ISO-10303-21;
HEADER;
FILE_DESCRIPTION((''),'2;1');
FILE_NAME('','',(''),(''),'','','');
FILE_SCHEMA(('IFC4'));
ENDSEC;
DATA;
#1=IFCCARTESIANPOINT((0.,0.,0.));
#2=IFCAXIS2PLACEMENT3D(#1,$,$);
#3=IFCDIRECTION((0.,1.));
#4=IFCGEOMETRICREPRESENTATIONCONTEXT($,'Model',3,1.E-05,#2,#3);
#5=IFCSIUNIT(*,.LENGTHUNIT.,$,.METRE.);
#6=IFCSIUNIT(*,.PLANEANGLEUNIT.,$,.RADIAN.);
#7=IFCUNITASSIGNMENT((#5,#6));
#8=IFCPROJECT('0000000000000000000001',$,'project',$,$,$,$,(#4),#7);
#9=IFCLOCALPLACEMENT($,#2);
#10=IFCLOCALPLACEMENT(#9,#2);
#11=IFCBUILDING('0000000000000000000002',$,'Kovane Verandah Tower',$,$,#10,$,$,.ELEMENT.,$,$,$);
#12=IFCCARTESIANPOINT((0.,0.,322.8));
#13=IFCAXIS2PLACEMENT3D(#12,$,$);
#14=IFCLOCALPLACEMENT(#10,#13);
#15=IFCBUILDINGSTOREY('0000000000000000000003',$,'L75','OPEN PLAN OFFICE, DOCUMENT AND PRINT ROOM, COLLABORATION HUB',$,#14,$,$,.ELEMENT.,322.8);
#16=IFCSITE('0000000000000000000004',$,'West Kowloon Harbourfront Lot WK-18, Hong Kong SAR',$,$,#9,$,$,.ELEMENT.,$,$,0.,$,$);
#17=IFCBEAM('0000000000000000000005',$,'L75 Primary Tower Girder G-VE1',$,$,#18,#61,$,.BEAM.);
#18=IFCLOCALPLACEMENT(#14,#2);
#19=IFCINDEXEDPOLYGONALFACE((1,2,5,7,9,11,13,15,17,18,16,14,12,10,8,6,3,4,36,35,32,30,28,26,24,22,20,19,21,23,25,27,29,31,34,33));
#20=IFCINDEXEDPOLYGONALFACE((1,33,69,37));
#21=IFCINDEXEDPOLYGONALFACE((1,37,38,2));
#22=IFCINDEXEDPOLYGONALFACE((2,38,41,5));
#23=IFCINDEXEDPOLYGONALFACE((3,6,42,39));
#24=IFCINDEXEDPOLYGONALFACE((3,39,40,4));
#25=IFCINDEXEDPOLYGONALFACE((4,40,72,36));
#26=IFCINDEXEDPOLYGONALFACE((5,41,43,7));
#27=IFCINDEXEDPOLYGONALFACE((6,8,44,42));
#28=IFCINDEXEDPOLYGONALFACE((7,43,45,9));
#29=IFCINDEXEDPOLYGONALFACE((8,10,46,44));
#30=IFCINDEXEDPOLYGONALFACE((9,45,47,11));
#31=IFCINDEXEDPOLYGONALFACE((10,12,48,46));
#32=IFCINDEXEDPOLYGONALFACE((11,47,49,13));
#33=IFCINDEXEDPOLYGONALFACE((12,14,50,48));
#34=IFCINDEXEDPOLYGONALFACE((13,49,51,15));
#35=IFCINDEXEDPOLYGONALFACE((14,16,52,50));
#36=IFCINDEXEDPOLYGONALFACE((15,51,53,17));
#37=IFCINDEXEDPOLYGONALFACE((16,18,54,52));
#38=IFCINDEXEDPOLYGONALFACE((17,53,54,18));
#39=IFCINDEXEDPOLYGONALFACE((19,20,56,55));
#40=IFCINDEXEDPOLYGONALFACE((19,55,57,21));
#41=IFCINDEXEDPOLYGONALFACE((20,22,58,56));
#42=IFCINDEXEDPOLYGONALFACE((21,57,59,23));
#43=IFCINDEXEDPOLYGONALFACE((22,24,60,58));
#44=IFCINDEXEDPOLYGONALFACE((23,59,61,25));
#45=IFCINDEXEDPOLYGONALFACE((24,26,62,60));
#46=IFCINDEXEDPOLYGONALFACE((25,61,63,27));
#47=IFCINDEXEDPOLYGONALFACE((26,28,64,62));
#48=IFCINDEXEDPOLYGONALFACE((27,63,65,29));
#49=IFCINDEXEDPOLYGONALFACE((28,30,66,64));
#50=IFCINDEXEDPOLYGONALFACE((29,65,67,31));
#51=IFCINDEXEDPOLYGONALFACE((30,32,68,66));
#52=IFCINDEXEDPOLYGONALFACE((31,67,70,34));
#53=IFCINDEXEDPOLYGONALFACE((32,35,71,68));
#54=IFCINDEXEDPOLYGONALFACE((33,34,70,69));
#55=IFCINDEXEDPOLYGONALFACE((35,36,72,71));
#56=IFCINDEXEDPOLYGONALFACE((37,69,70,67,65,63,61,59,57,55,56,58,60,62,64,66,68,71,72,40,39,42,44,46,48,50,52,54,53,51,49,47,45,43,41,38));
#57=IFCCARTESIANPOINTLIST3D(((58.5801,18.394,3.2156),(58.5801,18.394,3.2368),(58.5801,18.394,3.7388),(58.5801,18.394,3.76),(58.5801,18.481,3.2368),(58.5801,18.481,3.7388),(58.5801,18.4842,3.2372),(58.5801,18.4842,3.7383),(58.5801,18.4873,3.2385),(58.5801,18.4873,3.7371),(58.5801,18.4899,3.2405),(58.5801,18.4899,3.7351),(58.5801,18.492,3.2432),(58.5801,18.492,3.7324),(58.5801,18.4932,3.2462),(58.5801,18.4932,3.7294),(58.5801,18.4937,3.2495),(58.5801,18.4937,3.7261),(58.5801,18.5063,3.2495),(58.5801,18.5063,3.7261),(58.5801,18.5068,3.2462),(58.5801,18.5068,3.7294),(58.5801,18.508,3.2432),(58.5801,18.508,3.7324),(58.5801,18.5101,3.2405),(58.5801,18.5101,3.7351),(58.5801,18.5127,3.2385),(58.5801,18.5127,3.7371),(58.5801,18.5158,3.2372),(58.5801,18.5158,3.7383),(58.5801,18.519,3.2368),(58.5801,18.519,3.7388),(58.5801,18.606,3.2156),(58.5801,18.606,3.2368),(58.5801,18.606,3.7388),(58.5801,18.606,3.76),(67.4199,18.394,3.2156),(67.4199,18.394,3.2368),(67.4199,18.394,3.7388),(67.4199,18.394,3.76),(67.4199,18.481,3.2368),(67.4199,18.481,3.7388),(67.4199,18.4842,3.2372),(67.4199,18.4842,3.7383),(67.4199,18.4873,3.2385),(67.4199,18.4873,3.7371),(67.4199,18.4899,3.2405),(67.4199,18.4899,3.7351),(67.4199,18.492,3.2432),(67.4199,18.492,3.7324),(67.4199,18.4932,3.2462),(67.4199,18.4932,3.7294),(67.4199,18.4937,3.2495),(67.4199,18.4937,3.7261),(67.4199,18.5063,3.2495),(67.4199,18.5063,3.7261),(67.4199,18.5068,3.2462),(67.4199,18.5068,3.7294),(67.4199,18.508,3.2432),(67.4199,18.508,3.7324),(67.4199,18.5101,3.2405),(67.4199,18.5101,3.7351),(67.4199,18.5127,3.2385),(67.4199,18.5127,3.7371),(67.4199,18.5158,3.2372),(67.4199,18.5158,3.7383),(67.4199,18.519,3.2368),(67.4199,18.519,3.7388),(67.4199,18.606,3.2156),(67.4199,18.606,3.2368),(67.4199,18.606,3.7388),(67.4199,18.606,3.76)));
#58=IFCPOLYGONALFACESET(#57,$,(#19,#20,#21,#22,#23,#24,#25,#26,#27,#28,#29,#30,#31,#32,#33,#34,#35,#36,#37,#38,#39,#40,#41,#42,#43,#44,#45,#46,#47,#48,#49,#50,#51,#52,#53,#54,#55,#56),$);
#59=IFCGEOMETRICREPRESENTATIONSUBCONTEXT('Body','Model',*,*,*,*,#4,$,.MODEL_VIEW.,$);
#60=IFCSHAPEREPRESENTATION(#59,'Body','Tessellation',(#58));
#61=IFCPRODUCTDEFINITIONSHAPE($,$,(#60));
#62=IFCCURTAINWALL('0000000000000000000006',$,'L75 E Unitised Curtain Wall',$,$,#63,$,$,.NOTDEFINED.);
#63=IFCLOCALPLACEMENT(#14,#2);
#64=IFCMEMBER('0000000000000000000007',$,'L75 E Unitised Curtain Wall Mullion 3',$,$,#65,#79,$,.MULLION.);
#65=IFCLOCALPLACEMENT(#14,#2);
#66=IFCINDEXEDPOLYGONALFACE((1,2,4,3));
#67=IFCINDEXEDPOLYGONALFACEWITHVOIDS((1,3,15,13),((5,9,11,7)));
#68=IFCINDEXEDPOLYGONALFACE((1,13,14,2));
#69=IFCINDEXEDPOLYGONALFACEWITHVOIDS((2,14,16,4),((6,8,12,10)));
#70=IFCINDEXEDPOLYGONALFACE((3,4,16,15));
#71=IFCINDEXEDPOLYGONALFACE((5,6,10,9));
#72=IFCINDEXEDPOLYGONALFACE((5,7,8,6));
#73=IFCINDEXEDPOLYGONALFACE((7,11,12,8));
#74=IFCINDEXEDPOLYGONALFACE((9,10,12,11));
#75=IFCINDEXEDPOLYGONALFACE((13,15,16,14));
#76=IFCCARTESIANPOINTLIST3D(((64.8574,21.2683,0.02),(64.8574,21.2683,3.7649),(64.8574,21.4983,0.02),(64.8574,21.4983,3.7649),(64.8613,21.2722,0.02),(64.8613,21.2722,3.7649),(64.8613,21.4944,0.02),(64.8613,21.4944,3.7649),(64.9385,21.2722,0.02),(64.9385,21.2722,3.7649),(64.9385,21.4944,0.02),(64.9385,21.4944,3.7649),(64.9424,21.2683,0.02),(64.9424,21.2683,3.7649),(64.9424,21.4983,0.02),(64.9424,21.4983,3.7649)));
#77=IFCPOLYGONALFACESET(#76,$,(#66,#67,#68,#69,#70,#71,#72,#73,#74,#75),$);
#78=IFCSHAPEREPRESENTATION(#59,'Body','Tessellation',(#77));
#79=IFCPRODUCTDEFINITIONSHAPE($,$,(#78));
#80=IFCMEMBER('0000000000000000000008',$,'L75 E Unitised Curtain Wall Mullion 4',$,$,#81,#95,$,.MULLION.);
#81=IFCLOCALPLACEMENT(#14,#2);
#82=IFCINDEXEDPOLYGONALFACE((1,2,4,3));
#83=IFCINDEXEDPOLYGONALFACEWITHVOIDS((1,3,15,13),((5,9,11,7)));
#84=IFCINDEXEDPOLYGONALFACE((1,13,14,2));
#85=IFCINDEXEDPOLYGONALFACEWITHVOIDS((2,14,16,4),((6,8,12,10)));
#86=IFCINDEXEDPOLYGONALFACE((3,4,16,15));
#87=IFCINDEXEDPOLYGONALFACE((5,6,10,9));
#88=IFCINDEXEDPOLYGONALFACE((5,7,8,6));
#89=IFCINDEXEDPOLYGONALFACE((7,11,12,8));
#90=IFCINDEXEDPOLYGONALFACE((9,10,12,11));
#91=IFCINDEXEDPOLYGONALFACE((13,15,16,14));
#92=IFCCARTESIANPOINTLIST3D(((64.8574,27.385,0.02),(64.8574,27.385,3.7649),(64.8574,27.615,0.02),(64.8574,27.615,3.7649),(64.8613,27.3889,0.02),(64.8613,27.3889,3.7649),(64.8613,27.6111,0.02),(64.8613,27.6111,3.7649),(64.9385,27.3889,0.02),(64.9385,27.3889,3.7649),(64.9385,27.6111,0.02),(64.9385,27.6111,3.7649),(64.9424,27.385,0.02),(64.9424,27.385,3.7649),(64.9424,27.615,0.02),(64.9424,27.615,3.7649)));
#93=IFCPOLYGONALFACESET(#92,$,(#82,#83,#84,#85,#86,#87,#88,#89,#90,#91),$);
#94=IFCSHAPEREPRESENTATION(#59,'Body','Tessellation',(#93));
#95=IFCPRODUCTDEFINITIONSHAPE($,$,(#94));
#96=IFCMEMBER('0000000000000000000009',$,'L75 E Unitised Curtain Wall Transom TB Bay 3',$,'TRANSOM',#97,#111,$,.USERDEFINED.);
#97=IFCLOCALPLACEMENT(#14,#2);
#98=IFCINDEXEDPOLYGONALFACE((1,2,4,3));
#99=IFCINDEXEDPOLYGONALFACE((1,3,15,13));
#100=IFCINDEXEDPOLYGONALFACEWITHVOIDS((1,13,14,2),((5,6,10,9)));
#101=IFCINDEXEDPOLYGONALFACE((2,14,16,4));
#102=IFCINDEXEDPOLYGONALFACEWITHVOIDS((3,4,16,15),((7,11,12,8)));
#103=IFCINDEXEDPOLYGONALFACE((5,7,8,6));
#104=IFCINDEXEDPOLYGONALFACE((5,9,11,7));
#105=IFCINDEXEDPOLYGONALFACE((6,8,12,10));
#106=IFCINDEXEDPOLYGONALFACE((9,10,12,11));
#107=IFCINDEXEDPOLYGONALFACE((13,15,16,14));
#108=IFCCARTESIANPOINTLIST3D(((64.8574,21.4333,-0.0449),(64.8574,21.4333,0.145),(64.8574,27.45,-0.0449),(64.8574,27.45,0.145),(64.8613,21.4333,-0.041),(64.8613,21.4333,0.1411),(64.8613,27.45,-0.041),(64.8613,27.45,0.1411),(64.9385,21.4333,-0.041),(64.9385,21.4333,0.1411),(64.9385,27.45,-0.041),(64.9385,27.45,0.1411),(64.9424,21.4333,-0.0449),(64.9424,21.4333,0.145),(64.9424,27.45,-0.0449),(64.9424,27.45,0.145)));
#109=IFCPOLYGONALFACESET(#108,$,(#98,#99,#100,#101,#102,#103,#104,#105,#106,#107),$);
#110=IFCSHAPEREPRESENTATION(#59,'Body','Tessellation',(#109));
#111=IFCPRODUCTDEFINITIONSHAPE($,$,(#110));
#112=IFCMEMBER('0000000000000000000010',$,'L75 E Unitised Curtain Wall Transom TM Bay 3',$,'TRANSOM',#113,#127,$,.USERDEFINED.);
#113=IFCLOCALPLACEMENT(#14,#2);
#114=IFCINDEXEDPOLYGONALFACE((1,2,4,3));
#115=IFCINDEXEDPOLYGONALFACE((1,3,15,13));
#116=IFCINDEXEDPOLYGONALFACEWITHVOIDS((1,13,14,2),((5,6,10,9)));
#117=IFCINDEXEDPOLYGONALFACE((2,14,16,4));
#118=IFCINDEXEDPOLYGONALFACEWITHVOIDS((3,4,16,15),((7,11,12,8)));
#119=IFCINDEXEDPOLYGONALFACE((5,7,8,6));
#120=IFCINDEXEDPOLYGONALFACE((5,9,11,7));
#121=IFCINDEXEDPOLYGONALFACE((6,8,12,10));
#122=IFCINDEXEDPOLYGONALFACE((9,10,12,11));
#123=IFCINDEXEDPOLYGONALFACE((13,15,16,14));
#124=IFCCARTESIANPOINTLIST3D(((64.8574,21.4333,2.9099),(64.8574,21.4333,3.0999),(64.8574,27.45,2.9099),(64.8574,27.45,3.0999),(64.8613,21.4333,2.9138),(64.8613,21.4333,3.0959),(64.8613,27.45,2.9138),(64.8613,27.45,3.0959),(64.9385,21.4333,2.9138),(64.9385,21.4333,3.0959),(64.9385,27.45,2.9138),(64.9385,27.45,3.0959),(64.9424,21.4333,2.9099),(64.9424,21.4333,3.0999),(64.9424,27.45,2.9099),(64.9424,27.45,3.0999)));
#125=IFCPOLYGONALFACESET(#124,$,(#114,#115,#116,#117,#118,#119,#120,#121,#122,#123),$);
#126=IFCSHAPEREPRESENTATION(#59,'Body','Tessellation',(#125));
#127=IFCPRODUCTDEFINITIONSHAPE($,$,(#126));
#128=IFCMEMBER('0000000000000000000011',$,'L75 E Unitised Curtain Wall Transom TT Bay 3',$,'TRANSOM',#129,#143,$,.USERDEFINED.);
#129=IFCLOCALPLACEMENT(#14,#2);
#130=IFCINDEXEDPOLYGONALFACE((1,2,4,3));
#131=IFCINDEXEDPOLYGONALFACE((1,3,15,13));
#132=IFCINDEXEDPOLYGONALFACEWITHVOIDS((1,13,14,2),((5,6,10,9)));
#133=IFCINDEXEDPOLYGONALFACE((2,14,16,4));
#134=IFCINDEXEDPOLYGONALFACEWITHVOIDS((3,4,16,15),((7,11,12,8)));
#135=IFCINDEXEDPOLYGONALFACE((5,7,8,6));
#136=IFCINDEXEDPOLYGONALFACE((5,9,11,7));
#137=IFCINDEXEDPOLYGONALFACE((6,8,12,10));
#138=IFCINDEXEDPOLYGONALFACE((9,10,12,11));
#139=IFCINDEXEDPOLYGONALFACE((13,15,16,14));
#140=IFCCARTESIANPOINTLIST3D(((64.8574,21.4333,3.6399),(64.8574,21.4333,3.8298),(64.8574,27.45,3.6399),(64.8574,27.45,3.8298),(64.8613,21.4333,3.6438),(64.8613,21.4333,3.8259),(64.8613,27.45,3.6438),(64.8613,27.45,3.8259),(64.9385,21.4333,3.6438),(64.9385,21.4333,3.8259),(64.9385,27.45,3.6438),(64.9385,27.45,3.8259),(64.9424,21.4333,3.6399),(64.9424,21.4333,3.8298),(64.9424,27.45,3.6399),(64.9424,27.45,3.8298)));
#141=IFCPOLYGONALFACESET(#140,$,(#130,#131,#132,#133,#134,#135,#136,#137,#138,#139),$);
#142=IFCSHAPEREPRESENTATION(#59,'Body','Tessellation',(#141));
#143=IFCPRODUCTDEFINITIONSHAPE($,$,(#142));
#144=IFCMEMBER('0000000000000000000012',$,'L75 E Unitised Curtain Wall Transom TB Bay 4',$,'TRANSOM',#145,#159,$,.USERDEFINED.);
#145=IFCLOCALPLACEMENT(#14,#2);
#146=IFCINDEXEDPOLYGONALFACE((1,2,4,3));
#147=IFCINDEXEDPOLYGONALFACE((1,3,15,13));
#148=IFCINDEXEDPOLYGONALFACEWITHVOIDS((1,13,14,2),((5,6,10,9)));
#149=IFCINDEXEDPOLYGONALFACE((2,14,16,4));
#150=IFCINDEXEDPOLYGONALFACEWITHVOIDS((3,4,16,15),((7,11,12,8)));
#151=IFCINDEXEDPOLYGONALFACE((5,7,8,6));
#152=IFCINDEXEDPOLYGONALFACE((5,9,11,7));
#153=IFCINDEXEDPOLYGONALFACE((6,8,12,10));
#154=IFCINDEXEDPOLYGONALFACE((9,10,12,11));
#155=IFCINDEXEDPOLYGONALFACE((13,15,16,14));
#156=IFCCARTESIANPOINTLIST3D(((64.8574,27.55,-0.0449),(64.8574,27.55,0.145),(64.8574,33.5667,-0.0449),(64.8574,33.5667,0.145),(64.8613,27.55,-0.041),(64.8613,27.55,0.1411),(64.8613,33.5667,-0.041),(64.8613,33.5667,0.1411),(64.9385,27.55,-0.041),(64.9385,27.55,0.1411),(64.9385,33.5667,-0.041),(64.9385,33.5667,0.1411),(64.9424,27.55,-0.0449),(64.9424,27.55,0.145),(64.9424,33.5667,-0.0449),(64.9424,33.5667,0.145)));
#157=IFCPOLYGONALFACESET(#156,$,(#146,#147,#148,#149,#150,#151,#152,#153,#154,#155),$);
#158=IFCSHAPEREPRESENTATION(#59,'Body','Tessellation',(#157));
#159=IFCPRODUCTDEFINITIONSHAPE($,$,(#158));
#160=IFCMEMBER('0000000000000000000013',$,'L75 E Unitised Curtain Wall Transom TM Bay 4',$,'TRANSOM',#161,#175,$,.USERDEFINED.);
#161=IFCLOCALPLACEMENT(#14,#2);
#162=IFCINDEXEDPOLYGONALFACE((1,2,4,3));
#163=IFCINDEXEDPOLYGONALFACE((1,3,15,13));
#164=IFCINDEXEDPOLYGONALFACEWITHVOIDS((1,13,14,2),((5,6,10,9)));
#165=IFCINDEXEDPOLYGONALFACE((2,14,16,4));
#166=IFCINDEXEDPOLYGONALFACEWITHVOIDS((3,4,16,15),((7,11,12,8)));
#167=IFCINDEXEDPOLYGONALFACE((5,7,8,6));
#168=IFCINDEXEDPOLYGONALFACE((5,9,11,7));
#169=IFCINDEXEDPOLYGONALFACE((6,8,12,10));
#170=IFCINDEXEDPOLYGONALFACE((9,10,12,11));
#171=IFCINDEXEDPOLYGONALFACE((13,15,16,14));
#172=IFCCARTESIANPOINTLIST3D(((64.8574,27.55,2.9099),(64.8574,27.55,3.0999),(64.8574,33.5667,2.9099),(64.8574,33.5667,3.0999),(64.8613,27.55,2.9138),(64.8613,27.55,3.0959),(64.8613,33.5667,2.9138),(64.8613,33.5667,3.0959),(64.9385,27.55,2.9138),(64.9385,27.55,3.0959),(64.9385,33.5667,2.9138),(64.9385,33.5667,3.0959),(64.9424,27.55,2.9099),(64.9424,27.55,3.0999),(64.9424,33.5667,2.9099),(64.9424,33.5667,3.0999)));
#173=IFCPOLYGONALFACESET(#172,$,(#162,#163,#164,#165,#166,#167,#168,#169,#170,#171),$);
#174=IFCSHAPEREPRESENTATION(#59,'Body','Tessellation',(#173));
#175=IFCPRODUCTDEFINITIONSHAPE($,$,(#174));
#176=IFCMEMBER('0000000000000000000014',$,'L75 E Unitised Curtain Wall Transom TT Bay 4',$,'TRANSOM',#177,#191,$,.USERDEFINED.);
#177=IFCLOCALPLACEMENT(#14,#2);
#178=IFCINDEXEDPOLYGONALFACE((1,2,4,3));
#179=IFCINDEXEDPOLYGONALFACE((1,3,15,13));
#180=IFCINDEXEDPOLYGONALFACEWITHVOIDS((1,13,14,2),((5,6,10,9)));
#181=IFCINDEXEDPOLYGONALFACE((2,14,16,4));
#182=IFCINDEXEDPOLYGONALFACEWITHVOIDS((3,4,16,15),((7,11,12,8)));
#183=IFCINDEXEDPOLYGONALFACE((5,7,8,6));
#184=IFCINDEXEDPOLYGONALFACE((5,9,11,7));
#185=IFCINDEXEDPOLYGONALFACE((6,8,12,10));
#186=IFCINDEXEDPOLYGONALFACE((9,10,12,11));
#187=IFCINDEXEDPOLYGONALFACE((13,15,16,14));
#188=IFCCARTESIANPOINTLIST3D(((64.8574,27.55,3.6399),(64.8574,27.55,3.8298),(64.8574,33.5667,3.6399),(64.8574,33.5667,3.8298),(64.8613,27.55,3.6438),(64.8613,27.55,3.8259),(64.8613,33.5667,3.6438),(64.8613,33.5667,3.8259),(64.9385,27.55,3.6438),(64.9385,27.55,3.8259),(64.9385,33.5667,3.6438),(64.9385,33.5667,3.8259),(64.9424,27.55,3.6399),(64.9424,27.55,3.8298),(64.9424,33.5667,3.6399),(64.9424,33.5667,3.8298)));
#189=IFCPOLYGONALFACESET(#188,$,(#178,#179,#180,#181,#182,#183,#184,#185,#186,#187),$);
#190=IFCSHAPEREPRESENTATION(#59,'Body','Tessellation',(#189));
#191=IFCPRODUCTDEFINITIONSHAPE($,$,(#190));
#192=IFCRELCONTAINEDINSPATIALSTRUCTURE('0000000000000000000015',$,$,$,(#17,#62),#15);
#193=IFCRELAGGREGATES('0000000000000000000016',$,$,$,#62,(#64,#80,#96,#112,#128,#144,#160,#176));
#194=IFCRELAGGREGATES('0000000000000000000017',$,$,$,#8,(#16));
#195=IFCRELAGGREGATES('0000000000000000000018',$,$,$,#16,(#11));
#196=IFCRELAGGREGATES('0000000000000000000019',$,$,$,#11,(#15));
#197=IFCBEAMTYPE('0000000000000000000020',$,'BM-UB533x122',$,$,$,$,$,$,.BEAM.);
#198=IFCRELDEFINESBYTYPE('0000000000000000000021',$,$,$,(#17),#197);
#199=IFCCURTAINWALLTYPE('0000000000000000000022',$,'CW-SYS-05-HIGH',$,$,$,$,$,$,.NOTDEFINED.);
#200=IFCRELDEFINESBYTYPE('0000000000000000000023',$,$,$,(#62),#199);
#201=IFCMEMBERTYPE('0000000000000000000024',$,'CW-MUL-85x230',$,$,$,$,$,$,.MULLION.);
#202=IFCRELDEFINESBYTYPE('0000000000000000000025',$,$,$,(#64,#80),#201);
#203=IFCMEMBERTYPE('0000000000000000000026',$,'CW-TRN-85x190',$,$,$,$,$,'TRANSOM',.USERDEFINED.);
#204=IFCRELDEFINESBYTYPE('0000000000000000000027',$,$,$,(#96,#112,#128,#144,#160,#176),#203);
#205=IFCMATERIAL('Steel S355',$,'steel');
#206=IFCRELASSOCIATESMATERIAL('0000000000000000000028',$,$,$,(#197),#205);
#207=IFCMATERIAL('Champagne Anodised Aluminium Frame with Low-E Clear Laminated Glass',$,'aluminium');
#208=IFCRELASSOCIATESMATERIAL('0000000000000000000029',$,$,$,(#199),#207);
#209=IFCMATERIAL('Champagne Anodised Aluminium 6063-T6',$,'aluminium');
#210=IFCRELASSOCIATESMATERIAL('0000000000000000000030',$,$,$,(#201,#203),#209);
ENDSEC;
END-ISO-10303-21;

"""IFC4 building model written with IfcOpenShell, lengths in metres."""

from ifc_helpers import new_model, si_unit, direction, frame, origin, origin_2d, place, context, subcontext, project, spatial, hollow_rectangle, i_section, extrude, material, material_profile, profile_set, type_object, element, aggregate, save


model = new_model("IFC4")

# Units and contexts
model_context = context("Model", 3, precision=1e-05, world=origin(), true_north=direction((0.0, 1.0)))
body_context = subcontext(model_context, "Body", "Model", "MODEL_VIEW")
ifc_project = project(units=[si_unit("LENGTHUNIT", "METRE"), si_unit("PLANEANGLEUNIT", "RADIAN")], contexts=[model_context])

# Site, building, storey
site_placement = place(None, origin())
site = spatial("IfcSite", under=ifc_project, at=site_placement, Name="West Kowloon Harbourfront Lot WK-18, Hong Kong SAR", CompositionType="ELEMENT", RefElevation=0.0)
building_placement = place(site_placement, origin())
building = spatial("IfcBuilding", under=site, at=building_placement, Name="Kovane Verandah Tower", CompositionType="ELEMENT")
storey_placement = place(building_placement, frame((0.0, 0.0, 322.8)))
storey = spatial("IfcBuildingStorey", under=building, at=storey_placement, Name="L75", Description="OPEN PLAN OFFICE, DOCUMENT AND PRINT ROOM, COLLABORATION HUB", CompositionType="ELEMENT", Elevation=322.8)

# Beam
ifc_material_1 = material(Name="Steel S355", Category="steel")
ifc_material_profile_1 = material_profile(ifc_material_1, i_section(OverallWidth=0.2119, OverallDepth=0.5444, WebThickness=0.0127, FlangeThickness=0.0212, FilletRadius=0.0127, at=origin_2d()), Name="UB533x210x122")
ifc_profile_set_1 = profile_set([ifc_material_profile_1], Name="Steel S355")
beam_type_1 = type_object("IfcBeamType", Name="BM-UB533x122", PredefinedType="BEAM", material=ifc_profile_set_1)
beam_1_placement = place(storey_placement, frame((58.5801, 18.5, 3.4878), z_axis=(1.0, 0.0, 0.0), x_axis=(0.0, 1.0, 0.0)))
element("IfcBeam", 1, at=beam_1_placement, inside=storey, type_object=beam_type_1, Name="L75 Primary Tower Girder G-VE1", PredefinedType="BEAM", context=body_context, shape_type="SweptSolid", body=[
    extrude(i_section(OverallWidth=0.2119, OverallDepth=0.5444, WebThickness=0.0127, FlangeThickness=0.0212, FilletRadius=0.0127, at=origin_2d()), origin(), (0.0, 0.0, 1.0), 8.8398),
])

# Curtain wall, members
ifc_material_2 = material(Name="Champagne Anodised Aluminium Frame with Low-E Clear Laminated Glass", Category="aluminium")
curtain_wall_type = type_object("IfcCurtainWallType", Name="CW-SYS-05-HIGH", PredefinedType="NOTDEFINED", material=ifc_material_2)
curtain_wall_placement = place(storey_placement, origin())
curtain_wall = element("IfcCurtainWall", 2, at=curtain_wall_placement, inside=storey, type_object=curtain_wall_type, Name="L75 E Unitised Curtain Wall", PredefinedType="NOTDEFINED")
ifc_material_3 = material(Name="Champagne Anodised Aluminium 6063-T6", Category="aluminium")
ifc_material_profile_2 = material_profile(ifc_material_3, hollow_rectangle(XDim=0.085, YDim=0.23, WallThickness=0.0039, at=origin_2d()), Name="AL85x230x4")
ifc_profile_set_2 = profile_set([ifc_material_profile_2], Name="Champagne Anodised Aluminium 6063-T6")
member_type_1 = type_object("IfcMemberType", Name="CW-MUL-85x230", PredefinedType="MULLION", material=ifc_profile_set_2)
member_1_placement = place(storey_placement, frame((64.8999, 21.3833, 0.02), z_axis=(0.0, 0.0, 1.0), x_axis=(1.0, 0.0, 0.0)))
member_1 = element("IfcMember", 3, at=member_1_placement, type_object=member_type_1, Name="L75 E Unitised Curtain Wall Mullion 3", PredefinedType="MULLION", context=body_context, shape_type="SweptSolid", body=[
    extrude(hollow_rectangle(XDim=0.085, YDim=0.23, WallThickness=0.0039, at=origin_2d()), origin(), (0.0, 0.0, 1.0), 3.7449),
])
member_2_placement = place(storey_placement, frame((64.8999, 27.5, 0.02), z_axis=(0.0, 0.0, 1.0), x_axis=(1.0, 0.0, 0.0)))
member_2 = element("IfcMember", 4, at=member_2_placement, type_object=member_type_1, Name="L75 E Unitised Curtain Wall Mullion 4", PredefinedType="MULLION", context=body_context, shape_type="SweptSolid", body=[
    extrude(hollow_rectangle(XDim=0.085, YDim=0.23, WallThickness=0.0039, at=origin_2d()), origin(), (0.0, 0.0, 1.0), 3.7449),
])
ifc_material_profile_3 = material_profile(ifc_material_3, hollow_rectangle(XDim=0.085, YDim=0.1899, WallThickness=0.0039, at=origin_2d()), Name="AL85x190x4")
ifc_profile_set_3 = profile_set([ifc_material_profile_3], Name="Champagne Anodised Aluminium 6063-T6")
member_type_2 = type_object("IfcMemberType", Name="CW-TRN-85x190", ElementType="TRANSOM", PredefinedType="USERDEFINED", material=ifc_profile_set_3)
member_3_placement = place(storey_placement, frame((64.8999, 21.4333, 0.05), z_axis=(0.0, 1.0, 0.0), x_axis=(-1.0, 0.0, 0.0)))
member_3 = element("IfcMember", 5, at=member_3_placement, type_object=member_type_2, Name="L75 E Unitised Curtain Wall Transom TB Bay 3", ObjectType="TRANSOM", PredefinedType="USERDEFINED", context=body_context, shape_type="SweptSolid", body=[
    extrude(hollow_rectangle(XDim=0.085, YDim=0.1899, WallThickness=0.0039, at=origin_2d()), origin(), (0.0, 0.0, 1.0), 6.0166),
])
member_4_placement = place(storey_placement, frame((64.8999, 21.4333, 3.0049), z_axis=(0.0, 1.0, 0.0), x_axis=(-1.0, 0.0, 0.0)))
member_4 = element("IfcMember", 6, at=member_4_placement, type_object=member_type_2, Name="L75 E Unitised Curtain Wall Transom TM Bay 3", ObjectType="TRANSOM", PredefinedType="USERDEFINED", context=body_context, shape_type="SweptSolid", body=[
    extrude(hollow_rectangle(XDim=0.085, YDim=0.1899, WallThickness=0.0039, at=origin_2d()), origin(), (0.0, 0.0, 1.0), 6.0166),
])
member_5_placement = place(storey_placement, frame((64.8999, 21.4333, 3.7349), z_axis=(0.0, 1.0, 0.0), x_axis=(-1.0, 0.0, 0.0)))
member_5 = element("IfcMember", 7, at=member_5_placement, type_object=member_type_2, Name="L75 E Unitised Curtain Wall Transom TT Bay 3", ObjectType="TRANSOM", PredefinedType="USERDEFINED", context=body_context, shape_type="SweptSolid", body=[
    extrude(hollow_rectangle(XDim=0.085, YDim=0.1899, WallThickness=0.0039, at=origin_2d()), origin(), (0.0, 0.0, 1.0), 6.0166),
])
member_6_placement = place(storey_placement, frame((64.8999, 27.55, 0.05), z_axis=(0.0, 1.0, 0.0), x_axis=(-1.0, 0.0, 0.0)))
member_6 = element("IfcMember", 8, at=member_6_placement, type_object=member_type_2, Name="L75 E Unitised Curtain Wall Transom TB Bay 4", ObjectType="TRANSOM", PredefinedType="USERDEFINED", context=body_context, shape_type="SweptSolid", body=[
    extrude(hollow_rectangle(XDim=0.085, YDim=0.1899, WallThickness=0.0039, at=origin_2d()), origin(), (0.0, 0.0, 1.0), 6.0166),
])
member_7_placement = place(storey_placement, frame((64.8999, 27.55, 3.0049), z_axis=(0.0, 1.0, 0.0), x_axis=(-1.0, 0.0, 0.0)))
member_7 = element("IfcMember", 9, at=member_7_placement, type_object=member_type_2, Name="L75 E Unitised Curtain Wall Transom TM Bay 4", ObjectType="TRANSOM", PredefinedType="USERDEFINED", context=body_context, shape_type="SweptSolid", body=[
    extrude(hollow_rectangle(XDim=0.085, YDim=0.1899, WallThickness=0.0039, at=origin_2d()), origin(), (0.0, 0.0, 1.0), 6.0166),
])
member_8_placement = place(storey_placement, frame((64.8999, 27.55, 3.7349), z_axis=(0.0, 1.0, 0.0), x_axis=(-1.0, 0.0, 0.0)))
member_8 = element("IfcMember", 10, at=member_8_placement, type_object=member_type_2, Name="L75 E Unitised Curtain Wall Transom TT Bay 4", ObjectType="TRANSOM", PredefinedType="USERDEFINED", context=body_context, shape_type="SweptSolid", body=[
    extrude(hollow_rectangle(XDim=0.085, YDim=0.1899, WallThickness=0.0039, at=origin_2d()), origin(), (0.0, 0.0, 1.0), 6.0166),
])

aggregate(curtain_wall, [member_1, member_2, member_3, member_4, member_5, member_6, member_7, member_8])

save(model, "model.ifc")
